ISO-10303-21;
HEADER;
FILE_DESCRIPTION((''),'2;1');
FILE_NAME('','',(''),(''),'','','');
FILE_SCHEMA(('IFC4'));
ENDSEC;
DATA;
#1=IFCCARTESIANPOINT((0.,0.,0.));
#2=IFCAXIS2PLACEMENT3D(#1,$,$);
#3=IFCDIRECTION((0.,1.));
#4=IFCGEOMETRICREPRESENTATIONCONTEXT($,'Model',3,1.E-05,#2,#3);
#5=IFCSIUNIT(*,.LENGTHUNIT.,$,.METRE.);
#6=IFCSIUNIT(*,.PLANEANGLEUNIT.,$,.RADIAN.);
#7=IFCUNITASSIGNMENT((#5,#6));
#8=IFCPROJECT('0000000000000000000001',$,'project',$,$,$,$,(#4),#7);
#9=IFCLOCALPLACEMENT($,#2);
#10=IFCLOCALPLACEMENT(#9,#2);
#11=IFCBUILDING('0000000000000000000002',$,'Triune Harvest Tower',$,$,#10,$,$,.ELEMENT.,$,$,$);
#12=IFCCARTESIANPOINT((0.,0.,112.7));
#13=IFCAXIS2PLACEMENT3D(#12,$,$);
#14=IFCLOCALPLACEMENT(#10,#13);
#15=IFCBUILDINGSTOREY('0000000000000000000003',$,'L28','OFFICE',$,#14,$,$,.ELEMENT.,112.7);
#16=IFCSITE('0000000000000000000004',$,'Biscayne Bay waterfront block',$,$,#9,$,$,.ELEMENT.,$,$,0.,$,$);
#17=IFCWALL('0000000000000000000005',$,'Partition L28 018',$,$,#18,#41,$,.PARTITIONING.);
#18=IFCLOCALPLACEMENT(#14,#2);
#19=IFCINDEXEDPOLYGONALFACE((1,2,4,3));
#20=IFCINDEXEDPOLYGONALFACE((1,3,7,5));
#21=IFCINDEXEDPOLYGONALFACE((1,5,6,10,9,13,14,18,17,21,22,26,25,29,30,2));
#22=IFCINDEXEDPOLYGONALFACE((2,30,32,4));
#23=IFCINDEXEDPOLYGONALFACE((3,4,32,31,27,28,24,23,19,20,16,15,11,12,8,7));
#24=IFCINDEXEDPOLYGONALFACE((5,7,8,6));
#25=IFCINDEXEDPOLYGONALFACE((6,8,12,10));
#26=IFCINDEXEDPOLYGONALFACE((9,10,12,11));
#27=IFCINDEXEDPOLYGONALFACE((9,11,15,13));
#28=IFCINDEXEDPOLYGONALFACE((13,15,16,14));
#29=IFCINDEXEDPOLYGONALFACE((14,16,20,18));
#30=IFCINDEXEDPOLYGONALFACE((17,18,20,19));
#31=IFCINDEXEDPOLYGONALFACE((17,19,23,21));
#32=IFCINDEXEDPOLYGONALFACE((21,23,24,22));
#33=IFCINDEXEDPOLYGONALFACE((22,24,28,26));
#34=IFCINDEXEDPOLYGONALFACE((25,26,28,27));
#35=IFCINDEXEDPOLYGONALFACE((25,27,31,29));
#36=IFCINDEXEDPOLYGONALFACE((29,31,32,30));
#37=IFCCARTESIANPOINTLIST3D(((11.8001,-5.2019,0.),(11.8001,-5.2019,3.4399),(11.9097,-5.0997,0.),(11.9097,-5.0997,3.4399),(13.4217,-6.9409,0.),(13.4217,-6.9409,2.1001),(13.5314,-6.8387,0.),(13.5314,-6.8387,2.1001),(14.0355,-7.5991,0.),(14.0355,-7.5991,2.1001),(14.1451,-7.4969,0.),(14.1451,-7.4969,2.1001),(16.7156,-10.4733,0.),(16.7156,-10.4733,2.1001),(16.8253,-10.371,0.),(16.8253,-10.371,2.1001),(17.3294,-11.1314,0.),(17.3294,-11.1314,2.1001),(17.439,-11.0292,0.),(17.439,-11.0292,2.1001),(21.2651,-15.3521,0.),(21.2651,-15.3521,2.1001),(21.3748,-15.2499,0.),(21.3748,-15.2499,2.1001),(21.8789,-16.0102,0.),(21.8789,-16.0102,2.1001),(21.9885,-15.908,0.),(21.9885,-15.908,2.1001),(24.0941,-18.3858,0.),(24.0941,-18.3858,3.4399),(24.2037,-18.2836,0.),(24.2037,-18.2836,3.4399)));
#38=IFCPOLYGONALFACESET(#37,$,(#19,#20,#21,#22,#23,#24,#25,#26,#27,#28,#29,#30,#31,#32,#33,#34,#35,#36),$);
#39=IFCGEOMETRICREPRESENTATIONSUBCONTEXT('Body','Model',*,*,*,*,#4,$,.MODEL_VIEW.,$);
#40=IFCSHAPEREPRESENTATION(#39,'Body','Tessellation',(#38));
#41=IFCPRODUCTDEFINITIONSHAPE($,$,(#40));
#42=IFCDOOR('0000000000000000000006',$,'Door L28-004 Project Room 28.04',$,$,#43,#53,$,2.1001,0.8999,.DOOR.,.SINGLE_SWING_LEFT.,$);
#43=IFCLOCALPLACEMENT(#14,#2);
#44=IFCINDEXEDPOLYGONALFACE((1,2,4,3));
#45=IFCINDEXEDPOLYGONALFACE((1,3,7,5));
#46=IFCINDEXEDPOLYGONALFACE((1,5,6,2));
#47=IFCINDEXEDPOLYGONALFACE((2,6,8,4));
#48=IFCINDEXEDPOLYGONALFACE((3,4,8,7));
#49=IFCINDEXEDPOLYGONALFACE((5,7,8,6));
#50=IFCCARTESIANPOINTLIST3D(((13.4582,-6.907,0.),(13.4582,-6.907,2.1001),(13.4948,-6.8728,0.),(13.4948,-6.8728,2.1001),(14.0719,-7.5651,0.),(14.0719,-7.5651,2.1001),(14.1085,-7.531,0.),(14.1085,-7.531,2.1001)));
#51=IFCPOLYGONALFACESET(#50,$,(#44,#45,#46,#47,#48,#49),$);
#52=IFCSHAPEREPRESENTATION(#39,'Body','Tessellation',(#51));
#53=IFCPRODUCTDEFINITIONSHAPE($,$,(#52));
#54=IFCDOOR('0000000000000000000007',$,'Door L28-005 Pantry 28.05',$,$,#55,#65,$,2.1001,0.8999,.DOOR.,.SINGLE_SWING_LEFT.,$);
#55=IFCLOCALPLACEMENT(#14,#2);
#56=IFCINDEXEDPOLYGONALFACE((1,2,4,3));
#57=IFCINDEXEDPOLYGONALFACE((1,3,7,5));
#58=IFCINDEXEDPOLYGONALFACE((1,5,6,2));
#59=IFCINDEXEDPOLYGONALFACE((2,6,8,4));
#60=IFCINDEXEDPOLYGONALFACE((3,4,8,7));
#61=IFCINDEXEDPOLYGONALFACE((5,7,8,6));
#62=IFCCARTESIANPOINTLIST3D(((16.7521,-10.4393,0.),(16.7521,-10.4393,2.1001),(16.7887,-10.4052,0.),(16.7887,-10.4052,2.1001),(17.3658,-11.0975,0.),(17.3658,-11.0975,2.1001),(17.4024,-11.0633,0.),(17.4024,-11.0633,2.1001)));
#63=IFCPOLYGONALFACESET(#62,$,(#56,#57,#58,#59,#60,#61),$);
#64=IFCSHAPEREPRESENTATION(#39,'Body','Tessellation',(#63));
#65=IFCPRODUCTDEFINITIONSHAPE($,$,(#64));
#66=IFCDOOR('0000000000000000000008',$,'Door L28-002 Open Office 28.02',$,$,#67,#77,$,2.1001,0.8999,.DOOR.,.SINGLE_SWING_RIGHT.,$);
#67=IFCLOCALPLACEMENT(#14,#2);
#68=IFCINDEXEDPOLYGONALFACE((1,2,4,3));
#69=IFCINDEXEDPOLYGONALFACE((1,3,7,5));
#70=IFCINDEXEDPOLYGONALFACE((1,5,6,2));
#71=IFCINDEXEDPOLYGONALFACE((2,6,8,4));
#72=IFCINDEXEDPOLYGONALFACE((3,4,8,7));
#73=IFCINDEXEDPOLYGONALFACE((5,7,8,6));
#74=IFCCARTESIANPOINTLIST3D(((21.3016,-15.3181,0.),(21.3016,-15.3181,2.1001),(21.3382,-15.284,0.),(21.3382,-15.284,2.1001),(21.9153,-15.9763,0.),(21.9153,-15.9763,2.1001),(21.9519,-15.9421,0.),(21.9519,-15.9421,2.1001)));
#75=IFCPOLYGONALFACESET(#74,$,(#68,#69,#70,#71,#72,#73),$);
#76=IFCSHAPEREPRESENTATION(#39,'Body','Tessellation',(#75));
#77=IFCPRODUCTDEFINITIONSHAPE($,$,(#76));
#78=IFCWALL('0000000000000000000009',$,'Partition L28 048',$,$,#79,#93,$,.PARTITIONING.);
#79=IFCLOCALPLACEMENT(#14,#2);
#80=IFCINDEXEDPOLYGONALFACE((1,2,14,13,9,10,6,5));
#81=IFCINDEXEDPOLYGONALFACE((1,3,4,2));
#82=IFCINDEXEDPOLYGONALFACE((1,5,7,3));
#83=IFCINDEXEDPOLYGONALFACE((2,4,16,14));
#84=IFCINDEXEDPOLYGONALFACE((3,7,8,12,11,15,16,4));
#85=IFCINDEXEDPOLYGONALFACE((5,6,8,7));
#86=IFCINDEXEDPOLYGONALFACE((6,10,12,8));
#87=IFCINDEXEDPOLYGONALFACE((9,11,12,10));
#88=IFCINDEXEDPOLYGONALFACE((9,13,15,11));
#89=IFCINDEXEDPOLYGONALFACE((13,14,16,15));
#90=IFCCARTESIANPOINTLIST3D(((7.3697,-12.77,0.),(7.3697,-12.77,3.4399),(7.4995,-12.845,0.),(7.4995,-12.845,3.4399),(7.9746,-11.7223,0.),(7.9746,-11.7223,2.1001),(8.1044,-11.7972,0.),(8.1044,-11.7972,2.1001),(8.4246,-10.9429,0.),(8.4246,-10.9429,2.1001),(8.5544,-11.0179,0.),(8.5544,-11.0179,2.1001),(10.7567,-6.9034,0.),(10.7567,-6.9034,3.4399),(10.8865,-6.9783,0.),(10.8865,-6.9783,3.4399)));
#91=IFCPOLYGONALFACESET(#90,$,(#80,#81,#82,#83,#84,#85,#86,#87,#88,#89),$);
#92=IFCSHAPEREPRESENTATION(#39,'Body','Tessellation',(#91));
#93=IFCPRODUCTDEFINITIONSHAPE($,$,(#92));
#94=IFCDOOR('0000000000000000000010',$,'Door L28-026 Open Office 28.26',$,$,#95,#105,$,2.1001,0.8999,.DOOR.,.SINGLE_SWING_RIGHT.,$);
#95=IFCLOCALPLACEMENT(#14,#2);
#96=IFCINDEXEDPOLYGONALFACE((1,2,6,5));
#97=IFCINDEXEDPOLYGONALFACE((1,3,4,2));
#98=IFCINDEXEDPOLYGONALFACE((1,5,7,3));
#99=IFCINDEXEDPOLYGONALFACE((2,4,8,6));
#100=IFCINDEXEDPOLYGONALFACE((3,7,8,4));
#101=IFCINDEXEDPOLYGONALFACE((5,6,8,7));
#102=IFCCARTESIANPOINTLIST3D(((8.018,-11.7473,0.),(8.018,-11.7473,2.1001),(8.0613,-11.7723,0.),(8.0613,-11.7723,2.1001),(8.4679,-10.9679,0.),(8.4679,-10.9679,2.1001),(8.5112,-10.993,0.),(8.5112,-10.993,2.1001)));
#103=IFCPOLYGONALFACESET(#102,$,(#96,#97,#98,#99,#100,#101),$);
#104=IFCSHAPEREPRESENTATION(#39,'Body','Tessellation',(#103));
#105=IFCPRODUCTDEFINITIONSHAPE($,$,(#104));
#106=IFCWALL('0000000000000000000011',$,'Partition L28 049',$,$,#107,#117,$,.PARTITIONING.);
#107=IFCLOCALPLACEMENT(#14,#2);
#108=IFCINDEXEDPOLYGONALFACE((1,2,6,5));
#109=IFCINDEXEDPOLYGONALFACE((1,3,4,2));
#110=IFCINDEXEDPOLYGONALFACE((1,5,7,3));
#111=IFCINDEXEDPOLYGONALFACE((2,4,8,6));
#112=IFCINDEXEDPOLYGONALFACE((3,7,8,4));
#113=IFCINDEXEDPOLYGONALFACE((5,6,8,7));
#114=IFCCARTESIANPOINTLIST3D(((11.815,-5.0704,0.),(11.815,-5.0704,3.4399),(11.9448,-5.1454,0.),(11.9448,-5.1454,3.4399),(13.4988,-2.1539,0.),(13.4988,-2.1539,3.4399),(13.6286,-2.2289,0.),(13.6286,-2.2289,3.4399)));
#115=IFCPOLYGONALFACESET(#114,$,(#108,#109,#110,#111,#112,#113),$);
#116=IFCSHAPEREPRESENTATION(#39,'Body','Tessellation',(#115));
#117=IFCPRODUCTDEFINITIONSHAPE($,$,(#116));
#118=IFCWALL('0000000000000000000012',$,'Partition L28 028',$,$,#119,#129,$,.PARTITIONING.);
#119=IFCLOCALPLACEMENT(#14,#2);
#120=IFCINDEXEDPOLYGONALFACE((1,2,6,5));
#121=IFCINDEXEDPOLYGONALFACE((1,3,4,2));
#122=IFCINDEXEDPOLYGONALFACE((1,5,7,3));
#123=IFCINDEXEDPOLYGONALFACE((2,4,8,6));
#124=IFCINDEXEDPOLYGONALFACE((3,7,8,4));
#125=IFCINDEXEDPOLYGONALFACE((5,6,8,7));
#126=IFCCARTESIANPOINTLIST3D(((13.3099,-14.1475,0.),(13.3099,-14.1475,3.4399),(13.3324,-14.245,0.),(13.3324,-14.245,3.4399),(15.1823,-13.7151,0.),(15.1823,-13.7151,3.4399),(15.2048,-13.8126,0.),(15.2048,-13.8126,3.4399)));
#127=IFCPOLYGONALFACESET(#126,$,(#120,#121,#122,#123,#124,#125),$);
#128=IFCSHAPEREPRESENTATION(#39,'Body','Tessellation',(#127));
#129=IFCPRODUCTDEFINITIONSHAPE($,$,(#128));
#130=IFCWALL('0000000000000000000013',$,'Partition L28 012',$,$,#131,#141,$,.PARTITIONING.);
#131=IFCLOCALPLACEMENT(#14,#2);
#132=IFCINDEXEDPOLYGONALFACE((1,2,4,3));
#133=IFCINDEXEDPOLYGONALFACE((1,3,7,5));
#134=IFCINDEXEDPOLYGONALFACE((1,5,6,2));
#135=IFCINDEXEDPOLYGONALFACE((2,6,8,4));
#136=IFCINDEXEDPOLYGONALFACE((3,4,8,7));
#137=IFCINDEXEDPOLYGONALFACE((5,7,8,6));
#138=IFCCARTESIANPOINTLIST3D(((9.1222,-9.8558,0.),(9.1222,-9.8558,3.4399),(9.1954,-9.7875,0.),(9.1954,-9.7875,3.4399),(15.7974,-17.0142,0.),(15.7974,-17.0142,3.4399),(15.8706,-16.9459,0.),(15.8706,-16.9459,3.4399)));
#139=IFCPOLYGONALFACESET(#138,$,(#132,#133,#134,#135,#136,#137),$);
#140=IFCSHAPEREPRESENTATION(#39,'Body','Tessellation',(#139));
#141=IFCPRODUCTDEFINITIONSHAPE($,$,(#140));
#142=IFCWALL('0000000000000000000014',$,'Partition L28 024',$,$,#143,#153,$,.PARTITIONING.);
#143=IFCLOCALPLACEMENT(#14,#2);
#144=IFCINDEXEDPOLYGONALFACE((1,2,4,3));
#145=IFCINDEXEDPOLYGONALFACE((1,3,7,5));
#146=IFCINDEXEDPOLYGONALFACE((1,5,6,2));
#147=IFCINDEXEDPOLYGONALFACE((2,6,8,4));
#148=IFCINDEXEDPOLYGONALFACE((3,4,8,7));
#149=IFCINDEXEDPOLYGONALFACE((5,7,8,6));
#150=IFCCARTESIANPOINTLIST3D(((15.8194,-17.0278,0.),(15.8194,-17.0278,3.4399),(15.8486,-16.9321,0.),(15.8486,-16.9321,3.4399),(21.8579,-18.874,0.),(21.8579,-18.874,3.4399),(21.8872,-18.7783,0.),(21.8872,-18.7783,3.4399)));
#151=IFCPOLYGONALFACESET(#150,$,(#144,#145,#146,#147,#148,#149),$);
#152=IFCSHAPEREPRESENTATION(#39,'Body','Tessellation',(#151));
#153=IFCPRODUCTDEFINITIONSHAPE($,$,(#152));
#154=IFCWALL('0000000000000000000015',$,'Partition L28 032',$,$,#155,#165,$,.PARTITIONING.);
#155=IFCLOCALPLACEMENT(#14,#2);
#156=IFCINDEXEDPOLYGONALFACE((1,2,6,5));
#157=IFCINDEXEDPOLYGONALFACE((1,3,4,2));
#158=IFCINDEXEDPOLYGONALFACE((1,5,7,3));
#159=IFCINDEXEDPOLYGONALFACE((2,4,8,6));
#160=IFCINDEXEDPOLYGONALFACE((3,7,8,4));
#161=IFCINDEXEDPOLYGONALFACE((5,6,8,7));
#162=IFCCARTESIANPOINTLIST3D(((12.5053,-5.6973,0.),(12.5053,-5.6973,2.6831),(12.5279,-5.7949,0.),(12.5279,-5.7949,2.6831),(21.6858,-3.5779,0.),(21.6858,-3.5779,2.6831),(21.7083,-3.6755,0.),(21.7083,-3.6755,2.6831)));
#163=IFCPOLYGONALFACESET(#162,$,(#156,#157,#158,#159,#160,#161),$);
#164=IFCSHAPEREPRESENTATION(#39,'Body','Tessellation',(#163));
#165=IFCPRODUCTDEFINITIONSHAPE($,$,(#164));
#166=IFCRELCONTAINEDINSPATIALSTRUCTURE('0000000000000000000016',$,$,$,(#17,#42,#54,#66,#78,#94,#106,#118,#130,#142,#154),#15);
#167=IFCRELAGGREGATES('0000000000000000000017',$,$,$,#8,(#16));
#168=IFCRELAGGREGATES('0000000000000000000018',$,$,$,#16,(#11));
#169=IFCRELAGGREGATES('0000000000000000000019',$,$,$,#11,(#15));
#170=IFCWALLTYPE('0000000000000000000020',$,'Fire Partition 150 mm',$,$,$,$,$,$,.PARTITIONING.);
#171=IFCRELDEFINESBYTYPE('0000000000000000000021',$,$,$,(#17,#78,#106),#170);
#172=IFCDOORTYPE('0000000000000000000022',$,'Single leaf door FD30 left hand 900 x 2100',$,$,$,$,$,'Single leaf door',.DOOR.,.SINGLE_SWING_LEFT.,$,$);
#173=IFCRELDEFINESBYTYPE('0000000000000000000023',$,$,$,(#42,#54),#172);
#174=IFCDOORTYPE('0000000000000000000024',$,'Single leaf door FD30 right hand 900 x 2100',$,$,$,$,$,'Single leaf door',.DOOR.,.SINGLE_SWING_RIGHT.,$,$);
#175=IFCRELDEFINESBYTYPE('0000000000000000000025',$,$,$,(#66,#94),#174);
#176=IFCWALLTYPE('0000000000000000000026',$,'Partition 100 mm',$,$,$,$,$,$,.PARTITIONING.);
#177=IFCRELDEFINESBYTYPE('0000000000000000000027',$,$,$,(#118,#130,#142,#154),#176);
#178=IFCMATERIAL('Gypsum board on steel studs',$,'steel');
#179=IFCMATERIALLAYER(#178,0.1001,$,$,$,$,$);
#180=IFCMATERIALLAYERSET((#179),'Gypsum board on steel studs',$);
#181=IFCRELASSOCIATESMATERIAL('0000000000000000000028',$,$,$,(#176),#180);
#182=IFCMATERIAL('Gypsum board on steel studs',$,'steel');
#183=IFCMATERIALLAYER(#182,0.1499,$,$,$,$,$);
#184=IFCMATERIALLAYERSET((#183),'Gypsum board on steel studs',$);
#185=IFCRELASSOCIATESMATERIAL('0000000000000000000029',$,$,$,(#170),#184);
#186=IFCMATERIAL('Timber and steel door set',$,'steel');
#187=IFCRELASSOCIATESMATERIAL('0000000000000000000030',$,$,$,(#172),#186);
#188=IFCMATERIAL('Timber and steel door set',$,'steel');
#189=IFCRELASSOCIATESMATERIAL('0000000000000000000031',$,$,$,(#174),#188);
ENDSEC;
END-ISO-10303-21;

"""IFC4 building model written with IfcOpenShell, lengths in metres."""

from ifc_helpers import new_model, si_unit, direction, frame, frame_2d, origin, place, context, subcontext, project, spatial, rectangle, extrude, source, transform, mapped, material, layer, layer_set, type_object, element, fill, save


model = new_model("IFC4")

# Units and contexts
model_context = context("Model", 3, precision=1e-05, world=origin(), true_north=direction((0.0, 1.0)))
body_context = subcontext(model_context, "Body", "Model", "MODEL_VIEW")
ifc_project = project(units=[si_unit("LENGTHUNIT", "METRE"), si_unit("PLANEANGLEUNIT", "RADIAN")], contexts=[model_context])

# Site, building, storey
site_placement = place(None, origin())
site = spatial("IfcSite", under=ifc_project, at=site_placement, Name="Biscayne Bay waterfront block", CompositionType="ELEMENT", RefElevation=0.0)
building_placement = place(site_placement, origin())
building = spatial("IfcBuilding", under=site, at=building_placement, Name="Triune Harvest Tower", CompositionType="ELEMENT")
storey_placement = place(building_placement, frame((0.0, 0.0, 112.7)))
storey = spatial("IfcBuildingStorey", under=building, at=storey_placement, Name="L28", Description="OFFICE", CompositionType="ELEMENT", Elevation=112.7)

# Shared definitions
ifc_material_1 = material(Name="Gypsum board on steel studs", Category="steel")
ifc_layer_1 = layer(ifc_material_1, 0.1001)
ifc_layer_set_1 = layer_set([ifc_layer_1], Name="Gypsum board on steel studs")
wall_type_1 = type_object("IfcWallType", Name="Partition 100 mm", PredefinedType="PARTITIONING", material=ifc_layer_set_1)

# Wall, openings, doors
ifc_material_2 = material(Name="Gypsum board on steel studs", Category="steel")
ifc_layer_2 = layer(ifc_material_2, 0.1499)
ifc_layer_set_2 = layer_set([ifc_layer_2], Name="Gypsum board on steel studs")
wall_type_2 = type_object("IfcWallType", Name="Fire Partition 150 mm", PredefinedType="PARTITIONING", material=ifc_layer_set_2)
ifc_material_3 = material(Name="Timber and steel door set", Category="steel")
door_type_1 = type_object("IfcDoorType", Name="Single leaf door FD30 left hand 900 x 2100", ElementType="Single leaf door", OperationType="SINGLE_SWING_LEFT", PredefinedType="DOOR", material=ifc_material_3)
ifc_material_4 = material(Name="Timber and steel door set", Category="steel")
door_type_2 = type_object("IfcDoorType", Name="Single leaf door FD30 right hand 900 x 2100", ElementType="Single leaf door", OperationType="SINGLE_SWING_RIGHT", PredefinedType="DOOR", material=ifc_material_4)
shared_shape_1 = source(origin(), body_context, "Body", "SweptSolid", [
    extrude(rectangle(XDim=18.0266, YDim=0.1499, at=frame_2d((9.0132, 0.0))), origin(), (0.0, 0.0, 1.0), 3.4399),
])
wall_1_placement = place(storey_placement, frame((11.855, -5.1509, 0.0), z_axis=(0.0, 0.0, 1.0), x_axis=(0.681993, -0.731359, 0.0)))
wall_1 = element("IfcWall", 1, at=wall_1_placement, inside=storey, type_object=wall_type_2, Name="Partition L28 018", PredefinedType="PARTITIONING", context=body_context, shape_type="MappedRepresentation", body=[
    mapped(shared_shape_1, transform((0.0, 0.0, 0.0), scale=1.0)),
])
opening_1_placement = place(wall_1_placement, frame((13.8784, 0.0, 0.0)))
opening_1 = element("IfcOpeningElement", 2, at=opening_1_placement, cuts=wall_1, PredefinedType="OPENING", context=body_context, shape_type="SweptSolid", body=[
    extrude(rectangle(XDim=0.8999, YDim=2.1001, at=frame_2d((0.45, 1.05))), frame((0.0, 0.085, 0.0), z_axis=(0.0, -1.0, 0.0), x_axis=(1.0, 0.0, 0.0)), (0.0, 0.0, 1.0), 0.1699),
])
opening_2_placement = place(wall_1_placement, frame((2.3777, 0.0, 0.0)))
opening_2 = element("IfcOpeningElement", 3, at=opening_2_placement, cuts=wall_1, PredefinedType="OPENING", context=body_context, shape_type="SweptSolid", body=[
    extrude(rectangle(XDim=0.8999, YDim=2.1001, at=frame_2d((0.45, 1.05))), frame((0.0, 0.085, 0.0), z_axis=(0.0, -1.0, 0.0), x_axis=(1.0, 0.0, 0.0)), (0.0, 0.0, 1.0), 0.1699),
])
opening_3_placement = place(wall_1_placement, frame((7.2075, 0.0, 0.0)))
opening_3 = element("IfcOpeningElement", 4, at=opening_3_placement, cuts=wall_1, PredefinedType="OPENING", context=body_context, shape_type="SweptSolid", body=[
    extrude(rectangle(XDim=0.8999, YDim=2.1001, at=frame_2d((0.45, 1.05))), frame((0.0, 0.085, 0.0), z_axis=(0.0, -1.0, 0.0), x_axis=(1.0, 0.0, 0.0)), (0.0, 0.0, 1.0), 0.1699),
])
door_1_placement = place(opening_2_placement, origin())
door_1 = element("IfcDoor", 5, at=door_1_placement, inside=storey, type_object=door_type_1, Name="Door L28-004 Project Room 28.04", OperationType="SINGLE_SWING_LEFT", OverallHeight=2.1001, OverallWidth=0.8999, PredefinedType="DOOR", context=body_context, shape_type="SweptSolid", body=[
    extrude(rectangle(XDim=0.8999, YDim=2.1001, at=frame_2d((0.45, 1.05))), frame((0.0, 0.0249, 0.0), z_axis=(0.0, -1.0, 0.0), x_axis=(1.0, 0.0, 0.0)), (0.0, 0.0, 1.0), 0.05),
])
fill(opening_2, door_1)
door_2_placement = place(opening_3_placement, origin())
door_2 = element("IfcDoor", 6, at=door_2_placement, inside=storey, type_object=door_type_1, Name="Door L28-005 Pantry 28.05", OperationType="SINGLE_SWING_LEFT", OverallHeight=2.1001, OverallWidth=0.8999, PredefinedType="DOOR", context=body_context, shape_type="SweptSolid", body=[
    extrude(rectangle(XDim=0.8999, YDim=2.1001, at=frame_2d((0.45, 1.05))), frame((0.0, 0.0249, 0.0), z_axis=(0.0, -1.0, 0.0), x_axis=(1.0, 0.0, 0.0)), (0.0, 0.0, 1.0), 0.05),
])
fill(opening_3, door_2)
door_3_placement = place(opening_1_placement, origin())
door_3 = element("IfcDoor", 7, at=door_3_placement, inside=storey, type_object=door_type_2, Name="Door L28-002 Open Office 28.02", OperationType="SINGLE_SWING_RIGHT", OverallHeight=2.1001, OverallWidth=0.8999, PredefinedType="DOOR", context=body_context, shape_type="SweptSolid", body=[
    extrude(rectangle(XDim=0.8999, YDim=2.1001, at=frame_2d((0.45, 1.05))), frame((0.0, 0.0249, 0.0), z_axis=(0.0, -1.0, 0.0), x_axis=(1.0, 0.0, 0.0)), (0.0, 0.0, 1.0), 0.05),
])
fill(opening_1, door_3)

# Wall, opening, door
shared_shape_2 = source(origin(), body_context, "Body", "SweptSolid", [
    extrude(rectangle(XDim=6.7742, YDim=0.1499, at=frame_2d((3.3872, 0.0))), origin(), (0.0, 0.0, 1.0), 3.4399),
])
wall_2_placement = place(storey_placement, frame((7.4346, -12.8076, 0.0), z_axis=(0.0, 0.0, 1.0), x_axis=(0.49998, 0.866037, 0.0)))
wall_2 = element("IfcWall", 8, at=wall_2_placement, inside=storey, type_object=wall_type_2, Name="Partition L28 048", PredefinedType="PARTITIONING", context=body_context, shape_type="MappedRepresentation", body=[
    mapped(shared_shape_2, transform((0.0, 0.0, 0.0), scale=1.0)),
])
opening_4_placement = place(wall_2_placement, frame((1.21, 0.0, 0.0)))
opening_4 = element("IfcOpeningElement", 9, at=opening_4_placement, cuts=wall_2, PredefinedType="OPENING", context=body_context, shape_type="SweptSolid", body=[
    extrude(rectangle(XDim=0.8999, YDim=2.1001, at=frame_2d((0.45, 1.05))), frame((0.0, 0.085, 0.0), z_axis=(0.0, -1.0, 0.0), x_axis=(1.0, 0.0, 0.0)), (0.0, 0.0, 1.0), 0.1699),
])
door_4_placement = place(opening_4_placement, origin())
door_4 = element("IfcDoor", 10, at=door_4_placement, inside=storey, type_object=door_type_2, Name="Door L28-026 Open Office 28.26", OperationType="SINGLE_SWING_RIGHT", OverallHeight=2.1001, OverallWidth=0.8999, PredefinedType="DOOR", context=body_context, shape_type="SweptSolid", body=[
    extrude(rectangle(XDim=0.8999, YDim=2.1001, at=frame_2d((0.45, 1.05))), frame((0.0, 0.0249, 0.0), z_axis=(0.0, -1.0, 0.0), x_axis=(1.0, 0.0, 0.0)), (0.0, 0.0, 1.0), 0.05),
])
fill(opening_4, door_4)

# Walls
shared_shape_3 = source(origin(), body_context, "Body", "SweptSolid", [
    extrude(rectangle(XDim=3.3677, YDim=0.1499, at=frame_2d((1.6838, 0.0))), origin(), (0.0, 0.0, 1.0), 3.4399),
])
wall_3_placement = place(storey_placement, frame((11.8799, -5.1079, 0.0), z_axis=(0.0, 0.0, 1.0), x_axis=(0.499999, 0.866026, 0.0)))
element("IfcWall", 11, at=wall_3_placement, inside=storey, type_object=wall_type_2, Name="Partition L28 049", PredefinedType="PARTITIONING", context=body_context, shape_type="MappedRepresentation", body=[
    mapped(shared_shape_3, transform((0.0, 0.0, 0.0), scale=1.0)),
])
shared_shape_4 = source(origin(), body_context, "Body", "SweptSolid", [
    extrude(rectangle(XDim=1.9216, YDim=0.1001, at=frame_2d((0.9609, 0.0))), origin(), (0.0, 0.0, 1.0), 3.4399),
])
wall_4_placement = place(storey_placement, frame((13.321, -14.1963, 0.0), z_axis=(0.0, 0.0, 1.0), x_axis=(0.974357, 0.225008, 0.0)))
element("IfcWall", 12, at=wall_4_placement, inside=storey, type_object=wall_type_1, Name="Partition L28 028", PredefinedType="PARTITIONING", context=body_context, shape_type="MappedRepresentation", body=[
    mapped(shared_shape_4, transform((0.0, 0.0, 0.0), scale=1.0)),
])
shared_shape_5 = source(origin(), body_context, "Body", "SweptSolid", [
    extrude(rectangle(XDim=9.7878, YDim=0.1001, at=frame_2d((4.894, 0.0))), origin(), (0.0, 0.0, 1.0), 3.4399),
])
wall_5_placement = place(storey_placement, frame((9.1587, -9.8215, 0.0), z_axis=(0.0, 0.0, 1.0), x_axis=(0.681995, -0.731357, 0.0)))
element("IfcWall", 13, at=wall_5_placement, inside=storey, type_object=wall_type_1, Name="Partition L28 012", PredefinedType="PARTITIONING", context=body_context, shape_type="MappedRepresentation", body=[
    mapped(shared_shape_5, transform((0.0, 0.0, 0.0), scale=1.0)),
])
shared_shape_6 = source(origin(), body_context, "Body", "SweptSolid", [
    extrude(rectangle(XDim=6.3145, YDim=0.1001, at=frame_2d((3.1572, 0.0))), origin(), (0.0, 0.0, 1.0), 3.4399),
])
wall_6_placement = place(storey_placement, frame((15.834, -16.98, 0.0), z_axis=(0.0, 0.0, 1.0), x_axis=(0.956304, -0.292374, 0.0)))
element("IfcWall", 14, at=wall_6_placement, inside=storey, type_object=wall_type_1, Name="Partition L28 024", PredefinedType="PARTITIONING", context=body_context, shape_type="MappedRepresentation", body=[
    mapped(shared_shape_6, transform((0.0, 0.0, 0.0), scale=1.0)),
])
shared_shape_7 = source(origin(), body_context, "Body", "SweptSolid", [
    extrude(rectangle(XDim=9.4219, YDim=0.1001, at=frame_2d((4.7109, 0.0))), origin(), (0.0, 0.0, 1.0), 2.6831),
])
wall_7_placement = place(storey_placement, frame((12.5166, -5.7461, 0.0), z_axis=(0.0, 0.0, 1.0), x_axis=(0.974372, 0.224943, 0.0)))
element("IfcWall", 15, at=wall_7_placement, inside=storey, type_object=wall_type_1, Name="Partition L28 032", PredefinedType="PARTITIONING", context=body_context, shape_type="MappedRepresentation", body=[
    mapped(shared_shape_7, transform((0.0, 0.0, 0.0), scale=1.0)),
])

save(model, "model.ifc")
